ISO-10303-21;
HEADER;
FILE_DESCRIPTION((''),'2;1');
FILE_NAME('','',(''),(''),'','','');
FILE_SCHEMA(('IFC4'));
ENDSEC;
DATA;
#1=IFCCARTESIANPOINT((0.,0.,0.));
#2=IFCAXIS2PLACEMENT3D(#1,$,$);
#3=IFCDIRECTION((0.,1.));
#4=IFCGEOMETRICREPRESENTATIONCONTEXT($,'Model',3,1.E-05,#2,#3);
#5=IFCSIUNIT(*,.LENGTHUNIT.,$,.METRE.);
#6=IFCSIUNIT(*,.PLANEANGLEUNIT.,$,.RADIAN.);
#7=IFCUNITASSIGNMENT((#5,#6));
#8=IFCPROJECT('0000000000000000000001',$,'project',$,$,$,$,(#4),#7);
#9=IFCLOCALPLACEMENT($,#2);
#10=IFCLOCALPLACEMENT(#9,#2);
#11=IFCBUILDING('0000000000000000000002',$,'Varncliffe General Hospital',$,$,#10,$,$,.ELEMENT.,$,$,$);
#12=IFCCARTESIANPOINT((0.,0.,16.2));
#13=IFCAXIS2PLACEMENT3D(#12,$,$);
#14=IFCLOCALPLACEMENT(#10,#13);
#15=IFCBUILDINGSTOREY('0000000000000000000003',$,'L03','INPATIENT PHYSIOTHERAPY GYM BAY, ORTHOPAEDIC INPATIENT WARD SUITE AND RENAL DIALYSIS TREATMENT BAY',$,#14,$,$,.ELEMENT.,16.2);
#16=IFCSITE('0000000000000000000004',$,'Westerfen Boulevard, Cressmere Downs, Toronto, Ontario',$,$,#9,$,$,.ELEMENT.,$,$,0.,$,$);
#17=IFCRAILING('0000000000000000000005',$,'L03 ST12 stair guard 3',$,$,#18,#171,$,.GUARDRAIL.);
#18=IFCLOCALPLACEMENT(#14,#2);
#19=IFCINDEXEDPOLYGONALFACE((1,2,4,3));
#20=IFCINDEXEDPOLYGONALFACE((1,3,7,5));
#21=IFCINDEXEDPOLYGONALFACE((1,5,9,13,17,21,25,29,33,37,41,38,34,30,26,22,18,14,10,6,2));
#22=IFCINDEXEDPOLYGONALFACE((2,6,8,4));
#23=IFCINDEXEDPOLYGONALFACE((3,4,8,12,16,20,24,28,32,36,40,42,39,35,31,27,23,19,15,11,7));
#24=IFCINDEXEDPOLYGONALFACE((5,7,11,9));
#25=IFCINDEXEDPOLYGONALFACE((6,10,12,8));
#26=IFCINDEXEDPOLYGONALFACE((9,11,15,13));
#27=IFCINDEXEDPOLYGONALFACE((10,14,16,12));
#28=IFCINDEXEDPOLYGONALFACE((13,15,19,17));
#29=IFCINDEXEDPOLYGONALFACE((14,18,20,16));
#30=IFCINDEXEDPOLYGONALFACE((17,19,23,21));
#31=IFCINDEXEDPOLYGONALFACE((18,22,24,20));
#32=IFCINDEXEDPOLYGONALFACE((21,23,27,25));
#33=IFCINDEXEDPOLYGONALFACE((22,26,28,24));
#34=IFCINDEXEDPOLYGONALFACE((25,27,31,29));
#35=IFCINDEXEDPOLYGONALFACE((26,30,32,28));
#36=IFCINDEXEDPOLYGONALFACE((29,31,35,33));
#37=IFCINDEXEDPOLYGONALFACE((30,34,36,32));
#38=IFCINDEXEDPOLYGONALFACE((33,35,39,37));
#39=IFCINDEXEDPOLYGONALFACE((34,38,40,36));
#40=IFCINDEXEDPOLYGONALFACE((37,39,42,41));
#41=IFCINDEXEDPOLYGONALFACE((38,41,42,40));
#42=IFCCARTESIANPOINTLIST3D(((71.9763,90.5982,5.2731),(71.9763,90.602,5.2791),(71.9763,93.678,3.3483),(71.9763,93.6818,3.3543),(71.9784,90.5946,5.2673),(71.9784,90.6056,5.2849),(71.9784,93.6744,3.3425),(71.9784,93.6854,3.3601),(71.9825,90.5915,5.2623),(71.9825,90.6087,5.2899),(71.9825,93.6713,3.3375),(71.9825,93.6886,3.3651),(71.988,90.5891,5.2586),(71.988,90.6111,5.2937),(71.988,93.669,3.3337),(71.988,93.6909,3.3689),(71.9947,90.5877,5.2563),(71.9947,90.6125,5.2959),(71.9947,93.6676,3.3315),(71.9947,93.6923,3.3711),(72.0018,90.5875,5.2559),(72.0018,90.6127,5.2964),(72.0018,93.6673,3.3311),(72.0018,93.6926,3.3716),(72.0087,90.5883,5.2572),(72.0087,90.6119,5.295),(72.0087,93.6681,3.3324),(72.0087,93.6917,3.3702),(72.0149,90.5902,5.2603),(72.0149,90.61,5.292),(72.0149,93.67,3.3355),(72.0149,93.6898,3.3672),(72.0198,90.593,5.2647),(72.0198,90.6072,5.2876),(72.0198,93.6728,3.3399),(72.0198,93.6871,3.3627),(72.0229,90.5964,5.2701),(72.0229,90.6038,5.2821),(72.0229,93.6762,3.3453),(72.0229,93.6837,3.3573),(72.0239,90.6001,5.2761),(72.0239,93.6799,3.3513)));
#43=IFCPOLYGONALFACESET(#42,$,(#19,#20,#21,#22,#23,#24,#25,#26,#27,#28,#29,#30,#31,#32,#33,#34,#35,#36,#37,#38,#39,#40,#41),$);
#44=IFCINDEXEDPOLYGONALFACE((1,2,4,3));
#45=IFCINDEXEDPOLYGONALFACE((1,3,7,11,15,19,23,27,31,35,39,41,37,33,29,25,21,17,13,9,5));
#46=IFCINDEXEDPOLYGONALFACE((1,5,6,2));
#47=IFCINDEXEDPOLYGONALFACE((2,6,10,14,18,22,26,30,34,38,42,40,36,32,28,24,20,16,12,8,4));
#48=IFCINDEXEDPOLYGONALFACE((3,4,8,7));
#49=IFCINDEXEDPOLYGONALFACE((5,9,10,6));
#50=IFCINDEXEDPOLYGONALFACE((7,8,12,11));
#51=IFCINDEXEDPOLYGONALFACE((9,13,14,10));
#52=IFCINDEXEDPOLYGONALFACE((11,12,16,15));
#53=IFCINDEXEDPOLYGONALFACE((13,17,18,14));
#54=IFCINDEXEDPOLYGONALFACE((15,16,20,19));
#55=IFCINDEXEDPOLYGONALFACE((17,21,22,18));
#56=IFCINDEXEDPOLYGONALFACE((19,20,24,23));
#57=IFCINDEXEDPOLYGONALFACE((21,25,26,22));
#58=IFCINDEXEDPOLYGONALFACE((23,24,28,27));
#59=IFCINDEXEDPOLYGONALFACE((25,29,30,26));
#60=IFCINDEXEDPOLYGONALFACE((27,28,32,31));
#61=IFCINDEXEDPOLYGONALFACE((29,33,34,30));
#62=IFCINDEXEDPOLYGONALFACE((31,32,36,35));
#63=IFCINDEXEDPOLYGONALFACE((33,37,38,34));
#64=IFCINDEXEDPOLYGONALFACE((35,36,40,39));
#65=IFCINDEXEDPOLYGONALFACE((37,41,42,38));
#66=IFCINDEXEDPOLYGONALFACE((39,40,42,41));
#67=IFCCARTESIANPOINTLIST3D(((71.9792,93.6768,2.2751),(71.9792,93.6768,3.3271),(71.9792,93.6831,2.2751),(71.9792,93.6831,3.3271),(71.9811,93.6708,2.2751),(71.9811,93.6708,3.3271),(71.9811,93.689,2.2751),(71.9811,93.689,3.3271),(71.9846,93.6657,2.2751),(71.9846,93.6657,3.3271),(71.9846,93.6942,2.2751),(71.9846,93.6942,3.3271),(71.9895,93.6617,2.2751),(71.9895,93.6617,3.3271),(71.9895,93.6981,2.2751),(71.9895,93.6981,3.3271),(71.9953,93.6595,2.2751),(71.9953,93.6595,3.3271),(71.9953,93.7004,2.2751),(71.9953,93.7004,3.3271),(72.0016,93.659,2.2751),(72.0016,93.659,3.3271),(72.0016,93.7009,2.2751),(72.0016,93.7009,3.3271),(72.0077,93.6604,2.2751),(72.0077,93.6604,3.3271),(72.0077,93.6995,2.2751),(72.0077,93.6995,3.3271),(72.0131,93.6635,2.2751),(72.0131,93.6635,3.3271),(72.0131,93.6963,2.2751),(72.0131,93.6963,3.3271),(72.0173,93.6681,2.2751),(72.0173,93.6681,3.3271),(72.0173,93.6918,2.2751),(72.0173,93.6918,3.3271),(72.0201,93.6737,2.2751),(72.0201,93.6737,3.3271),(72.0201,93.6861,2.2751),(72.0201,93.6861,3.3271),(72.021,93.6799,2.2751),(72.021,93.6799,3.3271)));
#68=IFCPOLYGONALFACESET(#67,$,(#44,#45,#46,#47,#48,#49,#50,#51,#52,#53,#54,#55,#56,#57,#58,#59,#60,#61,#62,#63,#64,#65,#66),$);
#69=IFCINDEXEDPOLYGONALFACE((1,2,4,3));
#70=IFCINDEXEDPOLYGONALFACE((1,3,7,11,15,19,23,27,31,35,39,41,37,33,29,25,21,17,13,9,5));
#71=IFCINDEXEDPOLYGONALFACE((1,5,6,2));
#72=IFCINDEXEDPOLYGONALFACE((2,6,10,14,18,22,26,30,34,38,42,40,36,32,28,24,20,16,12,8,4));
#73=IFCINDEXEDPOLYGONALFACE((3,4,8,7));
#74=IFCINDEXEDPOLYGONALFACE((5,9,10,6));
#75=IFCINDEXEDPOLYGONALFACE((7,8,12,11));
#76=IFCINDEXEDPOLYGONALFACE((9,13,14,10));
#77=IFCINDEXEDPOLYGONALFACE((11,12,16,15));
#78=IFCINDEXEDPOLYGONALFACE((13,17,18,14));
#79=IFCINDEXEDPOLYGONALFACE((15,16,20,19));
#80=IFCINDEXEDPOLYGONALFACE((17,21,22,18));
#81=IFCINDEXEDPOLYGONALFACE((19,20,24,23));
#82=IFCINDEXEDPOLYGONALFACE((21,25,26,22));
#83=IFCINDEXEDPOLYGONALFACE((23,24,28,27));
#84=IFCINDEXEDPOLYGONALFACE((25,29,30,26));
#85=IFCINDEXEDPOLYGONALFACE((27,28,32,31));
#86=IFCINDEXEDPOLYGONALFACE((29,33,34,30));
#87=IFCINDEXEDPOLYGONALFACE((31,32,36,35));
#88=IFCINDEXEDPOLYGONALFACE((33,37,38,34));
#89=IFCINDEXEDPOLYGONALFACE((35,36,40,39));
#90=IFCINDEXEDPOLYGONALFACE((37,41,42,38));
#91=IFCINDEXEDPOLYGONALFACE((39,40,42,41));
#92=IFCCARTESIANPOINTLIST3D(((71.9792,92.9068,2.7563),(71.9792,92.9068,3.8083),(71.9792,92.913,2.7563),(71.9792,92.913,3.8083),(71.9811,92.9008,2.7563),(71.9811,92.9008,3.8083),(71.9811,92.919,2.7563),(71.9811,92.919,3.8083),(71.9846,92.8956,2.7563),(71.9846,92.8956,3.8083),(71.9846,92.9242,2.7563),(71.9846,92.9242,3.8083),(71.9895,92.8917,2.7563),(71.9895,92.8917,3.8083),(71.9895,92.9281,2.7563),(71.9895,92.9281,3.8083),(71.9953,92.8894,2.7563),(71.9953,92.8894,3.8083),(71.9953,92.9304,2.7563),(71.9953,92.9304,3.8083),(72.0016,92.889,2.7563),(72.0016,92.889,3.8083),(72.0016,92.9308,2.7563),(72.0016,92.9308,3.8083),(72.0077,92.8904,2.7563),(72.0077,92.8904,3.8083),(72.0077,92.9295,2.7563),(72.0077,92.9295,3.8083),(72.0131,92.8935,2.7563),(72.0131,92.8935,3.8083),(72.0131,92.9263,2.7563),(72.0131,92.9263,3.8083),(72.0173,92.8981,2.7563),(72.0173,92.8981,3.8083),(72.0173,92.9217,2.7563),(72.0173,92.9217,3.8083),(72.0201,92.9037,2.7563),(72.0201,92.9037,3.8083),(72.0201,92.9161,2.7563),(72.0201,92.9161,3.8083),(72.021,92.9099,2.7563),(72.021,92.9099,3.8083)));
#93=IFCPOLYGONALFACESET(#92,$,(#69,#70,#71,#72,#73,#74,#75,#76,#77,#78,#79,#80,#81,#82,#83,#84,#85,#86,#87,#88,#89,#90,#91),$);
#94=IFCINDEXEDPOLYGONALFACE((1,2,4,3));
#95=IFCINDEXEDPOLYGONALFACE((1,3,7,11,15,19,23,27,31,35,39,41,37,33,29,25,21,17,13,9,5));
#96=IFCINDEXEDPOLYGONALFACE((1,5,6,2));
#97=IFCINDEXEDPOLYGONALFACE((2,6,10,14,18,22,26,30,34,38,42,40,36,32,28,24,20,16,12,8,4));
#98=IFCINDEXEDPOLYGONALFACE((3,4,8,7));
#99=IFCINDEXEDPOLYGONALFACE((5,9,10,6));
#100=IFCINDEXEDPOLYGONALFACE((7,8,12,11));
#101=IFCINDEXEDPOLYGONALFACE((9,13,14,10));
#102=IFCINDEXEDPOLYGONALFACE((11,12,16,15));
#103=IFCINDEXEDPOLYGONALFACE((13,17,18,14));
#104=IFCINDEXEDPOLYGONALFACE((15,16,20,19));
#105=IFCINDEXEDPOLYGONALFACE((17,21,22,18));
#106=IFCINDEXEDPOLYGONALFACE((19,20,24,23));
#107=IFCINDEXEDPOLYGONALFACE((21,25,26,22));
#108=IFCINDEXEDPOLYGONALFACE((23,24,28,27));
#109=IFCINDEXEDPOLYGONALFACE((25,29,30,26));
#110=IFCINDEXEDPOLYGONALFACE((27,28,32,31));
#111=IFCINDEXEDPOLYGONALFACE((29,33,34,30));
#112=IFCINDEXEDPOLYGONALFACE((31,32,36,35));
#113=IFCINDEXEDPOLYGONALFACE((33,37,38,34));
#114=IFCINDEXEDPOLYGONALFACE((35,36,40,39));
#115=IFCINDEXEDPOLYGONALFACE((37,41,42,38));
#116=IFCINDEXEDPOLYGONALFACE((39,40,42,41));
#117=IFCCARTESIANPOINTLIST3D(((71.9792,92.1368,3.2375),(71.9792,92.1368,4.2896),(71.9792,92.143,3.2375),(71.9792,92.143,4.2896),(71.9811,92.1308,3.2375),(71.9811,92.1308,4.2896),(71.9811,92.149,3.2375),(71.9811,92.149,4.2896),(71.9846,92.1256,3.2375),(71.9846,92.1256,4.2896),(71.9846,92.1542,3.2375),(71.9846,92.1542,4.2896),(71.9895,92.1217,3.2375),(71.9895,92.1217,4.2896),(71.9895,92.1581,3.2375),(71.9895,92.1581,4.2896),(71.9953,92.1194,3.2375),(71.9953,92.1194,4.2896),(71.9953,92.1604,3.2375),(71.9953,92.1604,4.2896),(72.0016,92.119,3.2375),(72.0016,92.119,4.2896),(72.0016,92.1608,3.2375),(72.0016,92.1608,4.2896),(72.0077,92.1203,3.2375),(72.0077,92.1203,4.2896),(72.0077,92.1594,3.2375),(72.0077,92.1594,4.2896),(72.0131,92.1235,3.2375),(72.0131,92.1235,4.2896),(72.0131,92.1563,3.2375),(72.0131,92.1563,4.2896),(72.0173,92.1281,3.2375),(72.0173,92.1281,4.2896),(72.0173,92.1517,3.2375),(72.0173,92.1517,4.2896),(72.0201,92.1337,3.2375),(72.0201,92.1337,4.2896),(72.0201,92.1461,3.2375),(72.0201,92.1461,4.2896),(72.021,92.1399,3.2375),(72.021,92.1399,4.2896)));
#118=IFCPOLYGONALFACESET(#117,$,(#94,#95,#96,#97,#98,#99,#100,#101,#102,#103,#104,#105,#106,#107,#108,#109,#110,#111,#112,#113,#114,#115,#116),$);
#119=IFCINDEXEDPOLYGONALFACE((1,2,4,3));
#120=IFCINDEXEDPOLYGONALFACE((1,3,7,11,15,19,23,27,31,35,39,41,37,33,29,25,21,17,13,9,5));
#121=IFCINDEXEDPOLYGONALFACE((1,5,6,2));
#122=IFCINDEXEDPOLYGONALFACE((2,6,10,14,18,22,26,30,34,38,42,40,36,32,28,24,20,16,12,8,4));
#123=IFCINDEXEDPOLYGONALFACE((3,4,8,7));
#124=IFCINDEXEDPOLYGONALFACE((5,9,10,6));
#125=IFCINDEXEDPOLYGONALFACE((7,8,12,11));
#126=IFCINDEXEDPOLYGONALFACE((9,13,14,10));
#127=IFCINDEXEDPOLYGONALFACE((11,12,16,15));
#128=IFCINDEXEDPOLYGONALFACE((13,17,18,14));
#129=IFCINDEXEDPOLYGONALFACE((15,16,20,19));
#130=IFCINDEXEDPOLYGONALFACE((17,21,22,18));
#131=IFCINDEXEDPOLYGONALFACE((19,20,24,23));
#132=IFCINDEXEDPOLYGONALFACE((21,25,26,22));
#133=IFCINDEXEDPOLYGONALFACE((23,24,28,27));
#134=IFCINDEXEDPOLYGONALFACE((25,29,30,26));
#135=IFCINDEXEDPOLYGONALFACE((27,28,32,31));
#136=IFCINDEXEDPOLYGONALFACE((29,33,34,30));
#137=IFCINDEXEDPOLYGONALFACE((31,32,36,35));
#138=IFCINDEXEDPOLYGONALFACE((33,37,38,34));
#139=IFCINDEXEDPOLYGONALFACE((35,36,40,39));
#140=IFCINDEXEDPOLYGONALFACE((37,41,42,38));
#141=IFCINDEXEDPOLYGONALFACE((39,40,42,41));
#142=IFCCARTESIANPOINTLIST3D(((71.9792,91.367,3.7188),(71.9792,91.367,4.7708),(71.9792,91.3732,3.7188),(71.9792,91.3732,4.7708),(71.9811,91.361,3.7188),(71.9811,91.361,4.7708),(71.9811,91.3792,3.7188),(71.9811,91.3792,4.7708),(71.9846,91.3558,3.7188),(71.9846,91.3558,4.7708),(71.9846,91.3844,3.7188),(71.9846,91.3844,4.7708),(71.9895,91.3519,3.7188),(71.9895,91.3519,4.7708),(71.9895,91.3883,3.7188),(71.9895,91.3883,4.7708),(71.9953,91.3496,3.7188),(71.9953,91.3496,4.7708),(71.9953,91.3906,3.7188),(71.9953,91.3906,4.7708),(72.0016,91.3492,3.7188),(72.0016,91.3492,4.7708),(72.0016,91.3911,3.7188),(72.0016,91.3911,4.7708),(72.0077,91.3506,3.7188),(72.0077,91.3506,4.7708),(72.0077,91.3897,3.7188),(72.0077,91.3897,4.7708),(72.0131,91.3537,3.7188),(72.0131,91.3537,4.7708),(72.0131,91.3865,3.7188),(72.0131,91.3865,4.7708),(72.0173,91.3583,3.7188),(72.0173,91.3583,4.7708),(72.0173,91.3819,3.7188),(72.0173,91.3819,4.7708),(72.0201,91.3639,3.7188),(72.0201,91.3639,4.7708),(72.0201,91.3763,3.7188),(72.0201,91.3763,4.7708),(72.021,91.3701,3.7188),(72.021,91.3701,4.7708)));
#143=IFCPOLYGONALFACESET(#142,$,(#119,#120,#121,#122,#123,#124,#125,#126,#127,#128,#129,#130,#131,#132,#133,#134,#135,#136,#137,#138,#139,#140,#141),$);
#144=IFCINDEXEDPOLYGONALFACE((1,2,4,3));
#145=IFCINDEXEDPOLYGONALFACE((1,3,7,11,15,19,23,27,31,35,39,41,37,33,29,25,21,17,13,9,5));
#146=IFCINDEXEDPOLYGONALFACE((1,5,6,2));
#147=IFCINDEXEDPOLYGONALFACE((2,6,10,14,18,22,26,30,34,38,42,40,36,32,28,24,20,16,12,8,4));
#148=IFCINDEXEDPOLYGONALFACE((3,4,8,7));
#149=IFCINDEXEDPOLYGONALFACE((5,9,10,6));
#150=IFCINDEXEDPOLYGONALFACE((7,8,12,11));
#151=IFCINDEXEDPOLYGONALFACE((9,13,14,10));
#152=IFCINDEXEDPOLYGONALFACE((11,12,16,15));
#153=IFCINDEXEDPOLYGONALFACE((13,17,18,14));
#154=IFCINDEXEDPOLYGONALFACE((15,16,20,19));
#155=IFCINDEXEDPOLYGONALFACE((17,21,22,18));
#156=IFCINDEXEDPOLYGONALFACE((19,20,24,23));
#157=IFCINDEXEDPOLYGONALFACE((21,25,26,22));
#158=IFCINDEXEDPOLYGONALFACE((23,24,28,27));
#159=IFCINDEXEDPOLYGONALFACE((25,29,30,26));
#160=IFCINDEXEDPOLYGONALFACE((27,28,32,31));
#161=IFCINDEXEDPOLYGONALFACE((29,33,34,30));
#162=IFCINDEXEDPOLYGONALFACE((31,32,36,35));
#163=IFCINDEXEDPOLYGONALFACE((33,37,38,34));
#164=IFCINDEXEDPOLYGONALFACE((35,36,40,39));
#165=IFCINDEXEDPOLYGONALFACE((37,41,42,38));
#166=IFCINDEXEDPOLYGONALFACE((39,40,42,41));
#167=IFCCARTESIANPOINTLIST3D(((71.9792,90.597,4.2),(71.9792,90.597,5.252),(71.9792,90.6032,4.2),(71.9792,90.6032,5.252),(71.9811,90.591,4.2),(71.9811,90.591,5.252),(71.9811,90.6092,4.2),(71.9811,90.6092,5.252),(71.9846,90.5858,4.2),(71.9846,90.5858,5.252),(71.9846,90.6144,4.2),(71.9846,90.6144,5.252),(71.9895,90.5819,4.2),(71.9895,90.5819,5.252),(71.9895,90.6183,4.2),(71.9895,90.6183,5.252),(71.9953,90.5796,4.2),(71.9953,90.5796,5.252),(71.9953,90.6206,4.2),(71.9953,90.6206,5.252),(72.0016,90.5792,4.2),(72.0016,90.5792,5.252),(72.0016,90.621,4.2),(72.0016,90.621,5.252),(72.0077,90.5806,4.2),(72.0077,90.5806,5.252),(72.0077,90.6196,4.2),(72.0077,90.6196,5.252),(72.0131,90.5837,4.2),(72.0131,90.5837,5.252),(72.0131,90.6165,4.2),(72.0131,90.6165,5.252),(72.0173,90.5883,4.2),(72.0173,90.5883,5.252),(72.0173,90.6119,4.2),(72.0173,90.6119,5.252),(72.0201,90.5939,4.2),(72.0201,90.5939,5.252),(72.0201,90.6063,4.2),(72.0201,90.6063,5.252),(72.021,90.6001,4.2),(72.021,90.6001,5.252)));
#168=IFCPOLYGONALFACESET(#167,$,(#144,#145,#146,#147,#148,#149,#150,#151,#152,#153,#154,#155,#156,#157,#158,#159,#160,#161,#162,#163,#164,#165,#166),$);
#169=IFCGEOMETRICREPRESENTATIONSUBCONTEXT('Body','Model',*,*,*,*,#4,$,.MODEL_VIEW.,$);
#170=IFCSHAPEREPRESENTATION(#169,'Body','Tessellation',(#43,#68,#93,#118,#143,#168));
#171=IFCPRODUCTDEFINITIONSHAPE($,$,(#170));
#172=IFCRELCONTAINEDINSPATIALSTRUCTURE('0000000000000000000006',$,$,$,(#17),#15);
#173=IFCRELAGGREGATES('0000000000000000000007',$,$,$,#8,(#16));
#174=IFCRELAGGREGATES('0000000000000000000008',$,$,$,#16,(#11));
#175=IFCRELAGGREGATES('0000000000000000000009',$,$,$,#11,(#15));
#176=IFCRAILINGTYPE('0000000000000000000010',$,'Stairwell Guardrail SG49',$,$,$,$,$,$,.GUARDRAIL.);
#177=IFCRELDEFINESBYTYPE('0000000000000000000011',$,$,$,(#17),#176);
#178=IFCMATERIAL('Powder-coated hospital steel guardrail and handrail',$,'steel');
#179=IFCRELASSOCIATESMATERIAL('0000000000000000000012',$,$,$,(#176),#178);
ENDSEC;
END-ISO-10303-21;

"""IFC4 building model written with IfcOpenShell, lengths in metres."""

from ifc_helpers import new_model, si_unit, direction, frame, origin, origin_2d, place, context, subcontext, project, spatial, circle, extrude, material, type_object, element, save


model = new_model("IFC4")

# Units and contexts
model_context = context("Model", 3, precision=1e-05, world=origin(), true_north=direction((0.0, 1.0)))
body_context = subcontext(model_context, "Body", "Model", "MODEL_VIEW")
ifc_project = project(units=[si_unit("LENGTHUNIT", "METRE"), si_unit("PLANEANGLEUNIT", "RADIAN")], contexts=[model_context])

# Site, building, storey
site_placement = place(None, origin())
site = spatial("IfcSite", under=ifc_project, at=site_placement, Name="Westerfen Boulevard, Cressmere Downs, Toronto, Ontario", CompositionType="ELEMENT", RefElevation=0.0)
building_placement = place(site_placement, origin())
building = spatial("IfcBuilding", under=site, at=building_placement, Name="Varncliffe General Hospital", CompositionType="ELEMENT")
storey_placement = place(building_placement, frame((0.0, 0.0, 16.2)))
storey = spatial("IfcBuildingStorey", under=building, at=storey_placement, Name="L03", Description="INPATIENT PHYSIOTHERAPY GYM BAY, ORTHOPAEDIC INPATIENT WARD SUITE AND RENAL DIALYSIS TREATMENT BAY", CompositionType="ELEMENT", Elevation=16.2)

# Railing
ifc_material_1 = material(Name="Powder-coated hospital steel guardrail and handrail", Category="steel")
railing_type_1 = type_object("IfcRailingType", Name="Stairwell Guardrail SG49", PredefinedType="GUARDRAIL", material=ifc_material_1)
railing_1_placement = place(storey_placement, frame((72.0, 93.6799, 2.2751)))
element("IfcRailing", 1, at=railing_1_placement, inside=storey, type_object=railing_type_1, Name="L03 ST12 stair guard 3", PredefinedType="GUARDRAIL", context=body_context, shape_type="SweptSolid", body=[
    extrude(circle(Radius=0.0239, at=origin_2d()), frame((0.0, 0.0, 1.0762), z_axis=(0.0, -0.84801, 0.529981), x_axis=(1.0, 0.0, 0.0)), (0.0, 0.0, 1.0), 3.6318),
    extrude(circle(Radius=0.021, at=origin_2d()), origin(), (0.0, 0.0, 1.0), 1.052),
    extrude(circle(Radius=0.021, at=origin_2d()), frame((0.0, -0.77, 0.4812)), (0.0, 0.0, 1.0), 1.052),
    extrude(circle(Radius=0.021, at=origin_2d()), frame((0.0, -1.54, 0.9624)), (0.0, 0.0, 1.0), 1.052),
    extrude(circle(Radius=0.021, at=origin_2d()), frame((0.0, -2.3098, 1.4436)), (0.0, 0.0, 1.0), 1.052),
    extrude(circle(Radius=0.021, at=origin_2d()), frame((0.0, -3.0798, 1.9248)), (0.0, 0.0, 1.0), 1.052),
])

save(model, "model.ifc")
